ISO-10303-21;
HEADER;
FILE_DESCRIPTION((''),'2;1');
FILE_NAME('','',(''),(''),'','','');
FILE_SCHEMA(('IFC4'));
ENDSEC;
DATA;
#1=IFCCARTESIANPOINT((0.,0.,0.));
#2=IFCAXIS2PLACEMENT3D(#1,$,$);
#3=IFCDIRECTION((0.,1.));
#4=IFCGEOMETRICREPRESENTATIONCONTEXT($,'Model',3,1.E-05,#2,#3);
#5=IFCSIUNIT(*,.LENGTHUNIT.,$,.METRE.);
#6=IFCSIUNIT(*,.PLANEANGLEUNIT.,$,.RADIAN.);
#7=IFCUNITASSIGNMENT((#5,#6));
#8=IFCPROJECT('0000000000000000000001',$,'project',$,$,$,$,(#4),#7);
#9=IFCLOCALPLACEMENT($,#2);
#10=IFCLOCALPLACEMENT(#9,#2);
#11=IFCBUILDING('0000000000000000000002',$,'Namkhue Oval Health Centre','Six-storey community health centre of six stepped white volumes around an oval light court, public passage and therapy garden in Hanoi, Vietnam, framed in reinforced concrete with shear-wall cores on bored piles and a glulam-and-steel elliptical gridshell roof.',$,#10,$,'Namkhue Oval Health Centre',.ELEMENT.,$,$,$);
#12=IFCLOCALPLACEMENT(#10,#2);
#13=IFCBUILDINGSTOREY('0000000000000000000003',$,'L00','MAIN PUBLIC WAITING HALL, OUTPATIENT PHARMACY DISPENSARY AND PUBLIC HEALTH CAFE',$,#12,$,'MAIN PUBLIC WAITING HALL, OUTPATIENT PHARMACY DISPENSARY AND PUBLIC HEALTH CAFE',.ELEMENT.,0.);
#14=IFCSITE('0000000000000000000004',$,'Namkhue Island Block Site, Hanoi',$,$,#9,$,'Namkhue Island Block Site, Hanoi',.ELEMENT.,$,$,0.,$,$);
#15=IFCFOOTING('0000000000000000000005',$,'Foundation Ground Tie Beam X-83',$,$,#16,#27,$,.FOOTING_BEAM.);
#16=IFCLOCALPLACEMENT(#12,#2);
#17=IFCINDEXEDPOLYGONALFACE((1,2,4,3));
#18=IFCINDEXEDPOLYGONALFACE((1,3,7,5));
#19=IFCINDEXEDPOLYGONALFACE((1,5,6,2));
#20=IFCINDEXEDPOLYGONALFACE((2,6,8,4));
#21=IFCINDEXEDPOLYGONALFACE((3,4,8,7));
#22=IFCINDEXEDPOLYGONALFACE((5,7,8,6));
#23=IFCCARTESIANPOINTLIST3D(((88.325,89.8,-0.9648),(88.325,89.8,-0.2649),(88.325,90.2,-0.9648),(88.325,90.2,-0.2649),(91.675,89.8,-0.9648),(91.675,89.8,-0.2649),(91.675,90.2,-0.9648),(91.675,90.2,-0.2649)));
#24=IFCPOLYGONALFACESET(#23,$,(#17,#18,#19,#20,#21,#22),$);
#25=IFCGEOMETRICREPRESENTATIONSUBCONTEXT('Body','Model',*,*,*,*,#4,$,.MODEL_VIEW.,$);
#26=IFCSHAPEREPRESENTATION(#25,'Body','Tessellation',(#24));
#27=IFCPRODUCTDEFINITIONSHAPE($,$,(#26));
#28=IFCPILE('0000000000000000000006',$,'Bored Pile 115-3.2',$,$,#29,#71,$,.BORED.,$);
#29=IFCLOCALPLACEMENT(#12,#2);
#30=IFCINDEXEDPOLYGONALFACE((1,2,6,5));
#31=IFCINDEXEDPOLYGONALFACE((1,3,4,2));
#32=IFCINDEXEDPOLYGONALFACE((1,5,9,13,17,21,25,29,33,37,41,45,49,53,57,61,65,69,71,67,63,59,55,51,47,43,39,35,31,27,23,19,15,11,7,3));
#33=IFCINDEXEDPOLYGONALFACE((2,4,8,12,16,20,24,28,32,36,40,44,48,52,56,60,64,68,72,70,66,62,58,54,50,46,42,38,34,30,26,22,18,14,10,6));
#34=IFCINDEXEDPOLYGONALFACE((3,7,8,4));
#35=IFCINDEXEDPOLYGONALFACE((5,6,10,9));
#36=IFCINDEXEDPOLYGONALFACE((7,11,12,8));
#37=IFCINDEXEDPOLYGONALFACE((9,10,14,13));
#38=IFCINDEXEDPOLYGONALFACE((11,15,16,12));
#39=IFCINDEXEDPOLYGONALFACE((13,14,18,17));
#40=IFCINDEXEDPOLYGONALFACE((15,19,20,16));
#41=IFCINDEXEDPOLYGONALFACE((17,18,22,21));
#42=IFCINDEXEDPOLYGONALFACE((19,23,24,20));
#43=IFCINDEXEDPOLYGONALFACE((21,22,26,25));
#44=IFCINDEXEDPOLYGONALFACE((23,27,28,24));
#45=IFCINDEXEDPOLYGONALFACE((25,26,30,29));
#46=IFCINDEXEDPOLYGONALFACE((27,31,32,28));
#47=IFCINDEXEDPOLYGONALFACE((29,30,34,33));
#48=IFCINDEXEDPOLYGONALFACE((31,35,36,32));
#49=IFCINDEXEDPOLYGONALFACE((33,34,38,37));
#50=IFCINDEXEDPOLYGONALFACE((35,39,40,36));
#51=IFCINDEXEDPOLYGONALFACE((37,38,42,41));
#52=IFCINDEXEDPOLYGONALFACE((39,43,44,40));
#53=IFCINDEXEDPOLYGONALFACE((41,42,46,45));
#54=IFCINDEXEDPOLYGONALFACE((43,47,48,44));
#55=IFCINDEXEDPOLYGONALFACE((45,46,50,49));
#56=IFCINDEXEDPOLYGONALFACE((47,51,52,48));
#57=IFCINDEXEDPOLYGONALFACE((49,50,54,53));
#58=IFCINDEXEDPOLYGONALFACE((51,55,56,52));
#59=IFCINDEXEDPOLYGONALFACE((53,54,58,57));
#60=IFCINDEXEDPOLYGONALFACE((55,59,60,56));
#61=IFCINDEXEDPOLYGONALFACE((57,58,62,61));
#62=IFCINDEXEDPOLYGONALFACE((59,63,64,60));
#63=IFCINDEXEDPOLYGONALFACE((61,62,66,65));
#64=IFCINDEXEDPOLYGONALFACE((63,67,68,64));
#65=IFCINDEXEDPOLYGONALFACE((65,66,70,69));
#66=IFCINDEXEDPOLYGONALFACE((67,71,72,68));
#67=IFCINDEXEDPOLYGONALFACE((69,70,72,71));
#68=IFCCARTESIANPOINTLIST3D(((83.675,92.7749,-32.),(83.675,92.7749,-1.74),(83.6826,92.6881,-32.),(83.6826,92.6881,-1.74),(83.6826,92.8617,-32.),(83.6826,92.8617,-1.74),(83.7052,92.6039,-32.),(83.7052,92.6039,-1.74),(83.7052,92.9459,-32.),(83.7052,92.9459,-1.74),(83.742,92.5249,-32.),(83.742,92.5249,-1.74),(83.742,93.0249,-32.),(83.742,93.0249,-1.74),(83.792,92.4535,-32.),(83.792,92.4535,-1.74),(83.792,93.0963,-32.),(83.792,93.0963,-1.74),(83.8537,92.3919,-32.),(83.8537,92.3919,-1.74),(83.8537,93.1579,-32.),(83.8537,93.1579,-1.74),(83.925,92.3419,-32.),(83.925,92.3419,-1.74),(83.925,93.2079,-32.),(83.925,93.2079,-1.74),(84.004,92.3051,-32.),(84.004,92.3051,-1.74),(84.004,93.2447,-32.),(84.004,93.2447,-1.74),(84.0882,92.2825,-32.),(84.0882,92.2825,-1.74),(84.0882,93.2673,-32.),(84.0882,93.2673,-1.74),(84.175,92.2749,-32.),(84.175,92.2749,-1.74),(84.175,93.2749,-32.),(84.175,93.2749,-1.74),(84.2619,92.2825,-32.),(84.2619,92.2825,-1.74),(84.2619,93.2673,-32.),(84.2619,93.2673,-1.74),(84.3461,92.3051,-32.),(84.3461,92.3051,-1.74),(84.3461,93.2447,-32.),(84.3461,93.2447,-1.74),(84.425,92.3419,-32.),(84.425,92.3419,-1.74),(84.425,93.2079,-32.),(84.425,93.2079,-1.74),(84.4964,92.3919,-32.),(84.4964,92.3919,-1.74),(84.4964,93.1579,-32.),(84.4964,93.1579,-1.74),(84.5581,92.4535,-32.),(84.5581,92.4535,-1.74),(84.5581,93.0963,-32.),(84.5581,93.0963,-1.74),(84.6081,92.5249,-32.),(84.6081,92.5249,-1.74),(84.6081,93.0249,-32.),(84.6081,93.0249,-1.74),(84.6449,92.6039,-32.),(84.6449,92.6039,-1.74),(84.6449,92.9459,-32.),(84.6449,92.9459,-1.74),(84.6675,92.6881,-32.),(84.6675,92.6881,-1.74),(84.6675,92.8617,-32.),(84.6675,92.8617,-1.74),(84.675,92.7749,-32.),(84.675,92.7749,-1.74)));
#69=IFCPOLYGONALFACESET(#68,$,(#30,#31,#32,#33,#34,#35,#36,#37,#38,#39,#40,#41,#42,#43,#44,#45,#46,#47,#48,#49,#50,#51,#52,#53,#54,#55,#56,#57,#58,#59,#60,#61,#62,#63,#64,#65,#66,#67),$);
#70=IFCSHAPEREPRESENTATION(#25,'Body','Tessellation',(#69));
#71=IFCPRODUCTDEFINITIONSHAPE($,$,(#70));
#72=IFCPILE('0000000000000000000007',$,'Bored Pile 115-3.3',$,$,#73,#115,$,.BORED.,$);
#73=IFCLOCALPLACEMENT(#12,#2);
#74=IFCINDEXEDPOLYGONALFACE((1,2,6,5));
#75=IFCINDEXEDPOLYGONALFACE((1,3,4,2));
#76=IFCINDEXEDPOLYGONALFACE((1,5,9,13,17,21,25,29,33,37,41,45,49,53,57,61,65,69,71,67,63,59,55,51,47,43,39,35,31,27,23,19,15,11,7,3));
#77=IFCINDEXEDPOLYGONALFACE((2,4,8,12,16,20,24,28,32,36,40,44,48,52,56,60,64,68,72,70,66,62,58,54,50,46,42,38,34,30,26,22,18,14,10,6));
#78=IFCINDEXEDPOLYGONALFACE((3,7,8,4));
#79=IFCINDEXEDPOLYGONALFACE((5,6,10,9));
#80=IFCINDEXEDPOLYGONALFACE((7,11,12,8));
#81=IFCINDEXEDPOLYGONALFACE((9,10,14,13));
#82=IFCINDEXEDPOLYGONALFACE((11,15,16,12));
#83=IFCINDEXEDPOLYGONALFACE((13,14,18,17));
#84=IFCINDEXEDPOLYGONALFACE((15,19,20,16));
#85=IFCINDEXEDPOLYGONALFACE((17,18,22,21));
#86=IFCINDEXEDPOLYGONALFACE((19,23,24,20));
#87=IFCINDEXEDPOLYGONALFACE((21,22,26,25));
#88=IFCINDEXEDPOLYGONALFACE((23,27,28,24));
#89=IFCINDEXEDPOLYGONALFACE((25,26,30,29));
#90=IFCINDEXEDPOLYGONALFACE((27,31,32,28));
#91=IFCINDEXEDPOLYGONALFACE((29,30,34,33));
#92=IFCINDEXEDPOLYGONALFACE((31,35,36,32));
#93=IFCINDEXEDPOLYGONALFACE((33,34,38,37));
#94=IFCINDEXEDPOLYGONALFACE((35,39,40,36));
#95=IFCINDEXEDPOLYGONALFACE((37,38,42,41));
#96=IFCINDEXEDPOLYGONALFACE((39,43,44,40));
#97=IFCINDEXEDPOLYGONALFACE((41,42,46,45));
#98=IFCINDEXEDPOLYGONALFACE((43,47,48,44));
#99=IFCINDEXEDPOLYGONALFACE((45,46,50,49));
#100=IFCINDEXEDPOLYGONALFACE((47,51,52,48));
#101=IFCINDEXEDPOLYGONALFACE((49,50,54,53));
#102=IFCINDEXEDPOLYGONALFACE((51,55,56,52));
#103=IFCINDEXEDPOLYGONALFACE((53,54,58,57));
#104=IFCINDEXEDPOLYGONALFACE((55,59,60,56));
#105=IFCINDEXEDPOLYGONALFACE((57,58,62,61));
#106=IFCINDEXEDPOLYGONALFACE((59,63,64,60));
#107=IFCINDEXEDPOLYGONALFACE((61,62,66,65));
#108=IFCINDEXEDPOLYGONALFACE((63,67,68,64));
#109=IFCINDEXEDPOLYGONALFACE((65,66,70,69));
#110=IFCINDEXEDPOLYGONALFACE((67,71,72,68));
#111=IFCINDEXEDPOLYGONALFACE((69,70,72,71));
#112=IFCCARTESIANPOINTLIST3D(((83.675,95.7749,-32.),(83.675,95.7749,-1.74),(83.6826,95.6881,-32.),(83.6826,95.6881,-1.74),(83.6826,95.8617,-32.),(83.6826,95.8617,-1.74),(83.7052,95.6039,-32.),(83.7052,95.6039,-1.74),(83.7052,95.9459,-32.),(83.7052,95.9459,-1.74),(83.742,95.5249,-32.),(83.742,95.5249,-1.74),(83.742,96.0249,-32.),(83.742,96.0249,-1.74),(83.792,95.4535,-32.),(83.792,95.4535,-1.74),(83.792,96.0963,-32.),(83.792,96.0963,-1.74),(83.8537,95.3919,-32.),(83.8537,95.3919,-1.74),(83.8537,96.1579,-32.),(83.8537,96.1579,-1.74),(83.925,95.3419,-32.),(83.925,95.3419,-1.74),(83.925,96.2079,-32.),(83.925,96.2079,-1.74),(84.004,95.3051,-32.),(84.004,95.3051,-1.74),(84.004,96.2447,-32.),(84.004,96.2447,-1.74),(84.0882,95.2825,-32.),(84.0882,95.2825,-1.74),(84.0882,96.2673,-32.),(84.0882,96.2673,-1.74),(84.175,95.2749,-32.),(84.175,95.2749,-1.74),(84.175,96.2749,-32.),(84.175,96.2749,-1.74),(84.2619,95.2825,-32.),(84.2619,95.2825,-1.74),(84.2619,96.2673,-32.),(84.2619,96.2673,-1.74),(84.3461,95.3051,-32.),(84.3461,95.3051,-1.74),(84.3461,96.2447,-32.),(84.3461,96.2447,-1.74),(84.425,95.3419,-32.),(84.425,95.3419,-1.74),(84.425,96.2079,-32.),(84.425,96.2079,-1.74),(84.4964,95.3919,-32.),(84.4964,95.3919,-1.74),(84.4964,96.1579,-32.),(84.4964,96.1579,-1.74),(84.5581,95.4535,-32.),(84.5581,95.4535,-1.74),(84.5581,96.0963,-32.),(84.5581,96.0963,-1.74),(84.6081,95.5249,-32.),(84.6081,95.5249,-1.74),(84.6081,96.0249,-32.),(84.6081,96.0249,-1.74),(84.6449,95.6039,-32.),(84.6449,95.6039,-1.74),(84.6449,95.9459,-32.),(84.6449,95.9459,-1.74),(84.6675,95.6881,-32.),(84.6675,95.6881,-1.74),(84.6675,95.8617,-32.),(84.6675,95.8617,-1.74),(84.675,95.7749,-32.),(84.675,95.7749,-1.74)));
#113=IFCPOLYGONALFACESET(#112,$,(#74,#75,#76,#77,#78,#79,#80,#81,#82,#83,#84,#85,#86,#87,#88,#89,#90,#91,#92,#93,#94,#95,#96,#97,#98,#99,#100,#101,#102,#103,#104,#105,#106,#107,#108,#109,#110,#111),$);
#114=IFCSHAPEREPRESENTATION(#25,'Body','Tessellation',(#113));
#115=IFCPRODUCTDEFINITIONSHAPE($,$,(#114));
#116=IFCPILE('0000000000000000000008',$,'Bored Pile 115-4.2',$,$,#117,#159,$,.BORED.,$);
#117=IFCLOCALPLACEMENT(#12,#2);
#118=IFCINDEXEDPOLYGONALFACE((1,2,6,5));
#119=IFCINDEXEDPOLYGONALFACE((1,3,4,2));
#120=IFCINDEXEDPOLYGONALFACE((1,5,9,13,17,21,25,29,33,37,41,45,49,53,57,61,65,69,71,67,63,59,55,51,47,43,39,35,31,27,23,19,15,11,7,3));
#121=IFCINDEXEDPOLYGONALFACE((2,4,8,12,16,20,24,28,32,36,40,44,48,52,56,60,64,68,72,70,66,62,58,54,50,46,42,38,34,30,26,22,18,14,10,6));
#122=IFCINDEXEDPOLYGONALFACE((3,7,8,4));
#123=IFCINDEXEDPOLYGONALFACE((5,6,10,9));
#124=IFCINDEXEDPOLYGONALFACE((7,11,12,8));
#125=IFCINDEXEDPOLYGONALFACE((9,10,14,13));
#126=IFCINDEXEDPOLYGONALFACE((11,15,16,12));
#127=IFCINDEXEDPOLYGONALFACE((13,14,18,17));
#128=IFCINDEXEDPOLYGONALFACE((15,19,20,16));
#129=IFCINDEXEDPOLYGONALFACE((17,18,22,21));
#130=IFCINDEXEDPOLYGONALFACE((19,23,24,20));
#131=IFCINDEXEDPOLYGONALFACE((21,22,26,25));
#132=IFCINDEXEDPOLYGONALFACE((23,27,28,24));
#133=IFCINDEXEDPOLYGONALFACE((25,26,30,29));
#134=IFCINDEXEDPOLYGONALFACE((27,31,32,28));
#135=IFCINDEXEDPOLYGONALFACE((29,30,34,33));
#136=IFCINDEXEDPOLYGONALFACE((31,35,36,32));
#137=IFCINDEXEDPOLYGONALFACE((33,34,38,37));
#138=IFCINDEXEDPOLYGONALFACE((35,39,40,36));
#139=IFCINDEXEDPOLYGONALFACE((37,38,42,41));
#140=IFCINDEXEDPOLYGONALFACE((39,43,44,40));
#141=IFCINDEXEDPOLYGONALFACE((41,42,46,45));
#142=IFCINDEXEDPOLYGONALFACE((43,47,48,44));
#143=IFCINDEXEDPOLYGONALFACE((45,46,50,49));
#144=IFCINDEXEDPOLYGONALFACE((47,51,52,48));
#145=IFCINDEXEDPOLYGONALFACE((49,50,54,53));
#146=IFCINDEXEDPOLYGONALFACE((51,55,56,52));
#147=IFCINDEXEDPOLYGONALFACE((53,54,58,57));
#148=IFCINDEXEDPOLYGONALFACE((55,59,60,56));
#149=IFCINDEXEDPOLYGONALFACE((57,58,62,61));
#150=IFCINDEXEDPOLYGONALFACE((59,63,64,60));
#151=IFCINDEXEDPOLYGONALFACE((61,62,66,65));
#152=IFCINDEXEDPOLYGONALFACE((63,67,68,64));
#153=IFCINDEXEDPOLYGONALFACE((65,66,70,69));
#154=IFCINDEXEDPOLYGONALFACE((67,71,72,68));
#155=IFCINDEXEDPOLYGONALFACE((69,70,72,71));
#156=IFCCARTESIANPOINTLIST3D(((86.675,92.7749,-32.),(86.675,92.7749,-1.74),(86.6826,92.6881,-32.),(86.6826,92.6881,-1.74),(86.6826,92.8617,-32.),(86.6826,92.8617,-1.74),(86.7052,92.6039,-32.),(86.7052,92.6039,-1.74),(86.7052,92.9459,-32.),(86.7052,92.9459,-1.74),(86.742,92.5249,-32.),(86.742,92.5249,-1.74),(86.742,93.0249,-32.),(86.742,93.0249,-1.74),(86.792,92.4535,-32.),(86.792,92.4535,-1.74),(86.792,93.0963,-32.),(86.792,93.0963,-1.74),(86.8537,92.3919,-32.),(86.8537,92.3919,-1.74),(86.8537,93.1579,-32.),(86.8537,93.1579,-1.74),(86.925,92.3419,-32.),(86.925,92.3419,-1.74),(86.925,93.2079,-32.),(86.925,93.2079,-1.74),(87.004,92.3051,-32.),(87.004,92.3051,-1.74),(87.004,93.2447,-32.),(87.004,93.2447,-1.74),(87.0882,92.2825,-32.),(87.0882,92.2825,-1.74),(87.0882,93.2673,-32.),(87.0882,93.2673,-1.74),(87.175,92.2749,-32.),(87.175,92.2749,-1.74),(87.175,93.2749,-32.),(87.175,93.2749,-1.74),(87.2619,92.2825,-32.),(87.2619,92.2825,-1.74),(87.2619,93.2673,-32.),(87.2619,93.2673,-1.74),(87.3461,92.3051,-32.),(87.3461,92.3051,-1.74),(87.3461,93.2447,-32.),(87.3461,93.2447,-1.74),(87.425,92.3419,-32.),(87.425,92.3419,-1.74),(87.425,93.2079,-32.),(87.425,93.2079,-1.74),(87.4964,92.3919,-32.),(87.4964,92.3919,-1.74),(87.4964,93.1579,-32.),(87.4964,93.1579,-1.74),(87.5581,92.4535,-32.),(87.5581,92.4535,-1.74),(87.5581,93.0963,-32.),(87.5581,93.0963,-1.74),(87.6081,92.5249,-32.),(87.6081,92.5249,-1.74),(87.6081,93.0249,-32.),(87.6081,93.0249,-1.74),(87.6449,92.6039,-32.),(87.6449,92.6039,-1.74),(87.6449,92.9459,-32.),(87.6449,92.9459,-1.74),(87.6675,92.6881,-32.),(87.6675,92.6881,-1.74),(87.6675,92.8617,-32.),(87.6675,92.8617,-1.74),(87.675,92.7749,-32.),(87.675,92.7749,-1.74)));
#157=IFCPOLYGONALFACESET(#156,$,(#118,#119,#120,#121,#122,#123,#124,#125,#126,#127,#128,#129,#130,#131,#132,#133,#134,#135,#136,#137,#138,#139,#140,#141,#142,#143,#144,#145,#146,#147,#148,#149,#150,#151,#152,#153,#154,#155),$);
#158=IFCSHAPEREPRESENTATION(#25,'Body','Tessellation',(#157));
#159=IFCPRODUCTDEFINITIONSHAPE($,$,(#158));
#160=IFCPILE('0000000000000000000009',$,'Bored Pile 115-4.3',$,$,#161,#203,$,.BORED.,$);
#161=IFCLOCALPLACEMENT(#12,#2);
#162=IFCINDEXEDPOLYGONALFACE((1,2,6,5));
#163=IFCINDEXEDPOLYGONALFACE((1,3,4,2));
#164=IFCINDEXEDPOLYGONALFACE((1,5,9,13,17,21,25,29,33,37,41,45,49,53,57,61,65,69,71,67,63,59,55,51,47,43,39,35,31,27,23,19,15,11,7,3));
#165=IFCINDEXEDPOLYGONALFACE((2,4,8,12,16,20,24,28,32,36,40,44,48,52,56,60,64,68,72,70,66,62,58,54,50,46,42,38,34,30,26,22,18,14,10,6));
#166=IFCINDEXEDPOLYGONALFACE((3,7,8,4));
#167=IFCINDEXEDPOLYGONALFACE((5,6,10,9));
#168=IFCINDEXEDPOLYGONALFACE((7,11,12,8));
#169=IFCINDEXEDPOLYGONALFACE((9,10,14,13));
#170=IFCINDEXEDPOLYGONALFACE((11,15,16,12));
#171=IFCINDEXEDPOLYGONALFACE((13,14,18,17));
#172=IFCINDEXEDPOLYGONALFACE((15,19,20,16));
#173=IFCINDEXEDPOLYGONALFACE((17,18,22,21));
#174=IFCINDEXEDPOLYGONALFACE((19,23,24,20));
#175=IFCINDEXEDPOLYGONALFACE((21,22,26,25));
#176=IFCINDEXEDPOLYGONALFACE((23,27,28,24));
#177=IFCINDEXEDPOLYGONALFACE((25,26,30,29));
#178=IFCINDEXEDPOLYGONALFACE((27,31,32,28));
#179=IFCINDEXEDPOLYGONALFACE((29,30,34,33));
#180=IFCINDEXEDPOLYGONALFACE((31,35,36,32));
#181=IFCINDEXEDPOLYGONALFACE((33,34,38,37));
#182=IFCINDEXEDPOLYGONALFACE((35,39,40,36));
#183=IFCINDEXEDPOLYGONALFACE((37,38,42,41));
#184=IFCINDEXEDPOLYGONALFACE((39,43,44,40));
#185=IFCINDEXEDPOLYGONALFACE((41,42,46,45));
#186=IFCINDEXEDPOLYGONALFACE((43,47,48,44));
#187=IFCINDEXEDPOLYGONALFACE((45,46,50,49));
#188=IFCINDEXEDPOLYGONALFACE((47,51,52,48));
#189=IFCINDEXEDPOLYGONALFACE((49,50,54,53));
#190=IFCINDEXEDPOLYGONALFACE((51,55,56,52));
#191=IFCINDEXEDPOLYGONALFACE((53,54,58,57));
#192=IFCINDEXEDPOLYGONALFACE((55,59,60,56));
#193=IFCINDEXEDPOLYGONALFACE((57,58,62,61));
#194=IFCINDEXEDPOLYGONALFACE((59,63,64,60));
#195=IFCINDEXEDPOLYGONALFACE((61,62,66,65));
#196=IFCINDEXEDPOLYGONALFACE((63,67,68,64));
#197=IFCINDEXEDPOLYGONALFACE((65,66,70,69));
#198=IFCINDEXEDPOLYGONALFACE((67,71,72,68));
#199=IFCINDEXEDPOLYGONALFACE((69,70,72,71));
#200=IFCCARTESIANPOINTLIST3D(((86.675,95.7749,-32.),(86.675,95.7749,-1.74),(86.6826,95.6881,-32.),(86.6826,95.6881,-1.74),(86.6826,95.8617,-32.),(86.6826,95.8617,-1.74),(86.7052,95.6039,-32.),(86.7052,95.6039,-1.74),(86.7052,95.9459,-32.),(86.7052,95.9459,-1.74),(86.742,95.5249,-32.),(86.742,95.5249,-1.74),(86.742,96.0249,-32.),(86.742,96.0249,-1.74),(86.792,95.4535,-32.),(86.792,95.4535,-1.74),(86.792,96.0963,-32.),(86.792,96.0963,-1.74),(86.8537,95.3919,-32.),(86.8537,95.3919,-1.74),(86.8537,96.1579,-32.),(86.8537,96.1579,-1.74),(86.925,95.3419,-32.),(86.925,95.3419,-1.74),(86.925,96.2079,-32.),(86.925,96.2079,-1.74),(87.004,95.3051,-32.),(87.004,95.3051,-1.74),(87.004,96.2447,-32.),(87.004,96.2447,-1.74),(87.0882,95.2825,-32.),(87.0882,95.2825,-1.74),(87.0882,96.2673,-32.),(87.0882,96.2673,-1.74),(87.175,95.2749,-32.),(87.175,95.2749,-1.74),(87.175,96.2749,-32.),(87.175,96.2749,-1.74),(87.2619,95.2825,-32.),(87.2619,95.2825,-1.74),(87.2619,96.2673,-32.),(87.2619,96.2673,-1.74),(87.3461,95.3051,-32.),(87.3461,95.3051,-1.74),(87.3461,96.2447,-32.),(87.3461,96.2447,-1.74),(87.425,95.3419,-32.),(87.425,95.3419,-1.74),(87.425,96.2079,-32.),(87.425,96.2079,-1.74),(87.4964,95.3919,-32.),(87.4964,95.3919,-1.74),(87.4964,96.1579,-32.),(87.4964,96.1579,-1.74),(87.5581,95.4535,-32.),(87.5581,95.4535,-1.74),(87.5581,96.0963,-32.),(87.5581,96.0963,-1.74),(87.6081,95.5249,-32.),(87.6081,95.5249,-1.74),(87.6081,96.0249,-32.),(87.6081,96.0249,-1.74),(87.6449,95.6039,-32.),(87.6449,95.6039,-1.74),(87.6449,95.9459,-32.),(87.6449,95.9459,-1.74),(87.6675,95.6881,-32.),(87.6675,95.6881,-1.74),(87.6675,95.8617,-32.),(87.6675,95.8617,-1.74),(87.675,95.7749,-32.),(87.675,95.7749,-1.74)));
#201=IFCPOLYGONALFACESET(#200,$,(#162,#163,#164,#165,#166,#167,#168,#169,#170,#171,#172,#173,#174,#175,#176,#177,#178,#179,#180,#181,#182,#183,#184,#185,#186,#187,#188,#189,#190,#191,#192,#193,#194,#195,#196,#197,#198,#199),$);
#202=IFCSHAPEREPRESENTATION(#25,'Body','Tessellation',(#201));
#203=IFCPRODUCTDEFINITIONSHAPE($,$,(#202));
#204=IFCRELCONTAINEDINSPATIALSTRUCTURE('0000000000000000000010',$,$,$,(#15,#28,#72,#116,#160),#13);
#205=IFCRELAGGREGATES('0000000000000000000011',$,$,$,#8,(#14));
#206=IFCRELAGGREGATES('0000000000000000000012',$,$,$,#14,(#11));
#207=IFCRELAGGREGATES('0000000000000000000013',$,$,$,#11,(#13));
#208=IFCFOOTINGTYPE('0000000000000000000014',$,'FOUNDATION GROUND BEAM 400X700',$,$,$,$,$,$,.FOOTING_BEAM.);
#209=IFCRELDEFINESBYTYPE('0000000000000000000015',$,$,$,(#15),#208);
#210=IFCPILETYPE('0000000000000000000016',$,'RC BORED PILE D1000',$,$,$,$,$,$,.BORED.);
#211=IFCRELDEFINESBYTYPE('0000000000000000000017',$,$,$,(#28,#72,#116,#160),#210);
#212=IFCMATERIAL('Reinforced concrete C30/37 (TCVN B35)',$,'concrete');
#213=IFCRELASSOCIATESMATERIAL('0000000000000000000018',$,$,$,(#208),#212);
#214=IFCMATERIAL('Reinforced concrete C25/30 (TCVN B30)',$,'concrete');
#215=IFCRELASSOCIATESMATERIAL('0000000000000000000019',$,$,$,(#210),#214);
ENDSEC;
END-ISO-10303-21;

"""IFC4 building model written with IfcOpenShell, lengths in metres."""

from ifc_helpers import new_model, si_unit, direction, frame, origin, origin_2d, place, context, subcontext, project, spatial, rectangle, circle, extrude, material, material_profile, profile_set, type_object, element, save


model = new_model("IFC4")

# Units and contexts
model_context = context("Model", 3, precision=1e-05, world=origin(), true_north=direction((0.0, 1.0)))
body_context = subcontext(model_context, "Body", "Model", "MODEL_VIEW")
ifc_project = project(units=[si_unit("LENGTHUNIT", "METRE"), si_unit("PLANEANGLEUNIT", "RADIAN")], contexts=[model_context])

# Site, building, storey
site_placement = place(None, origin())
site = spatial("IfcSite", under=ifc_project, at=site_placement, Name="Namkhue Island Block Site, Hanoi", LongName="Namkhue Island Block Site, Hanoi", CompositionType="ELEMENT", RefElevation=0.0)
building_placement = place(site_placement, origin())
building = spatial("IfcBuilding", under=site, at=building_placement, Name="Namkhue Oval Health Centre", Description="Six-storey community health centre of six stepped white volumes around an oval light court, public passage and therapy garden in Hanoi, Vietnam, framed in reinforced concrete with shear-wall cores on bored piles and a glulam-and-steel elliptical gridshell roof.", LongName="Namkhue Oval Health Centre", CompositionType="ELEMENT")
storey_placement = place(building_placement, origin())
storey = spatial("IfcBuildingStorey", under=building, at=storey_placement, Name="L00", Description="MAIN PUBLIC WAITING HALL, OUTPATIENT PHARMACY DISPENSARY AND PUBLIC HEALTH CAFE", LongName="MAIN PUBLIC WAITING HALL, OUTPATIENT PHARMACY DISPENSARY AND PUBLIC HEALTH CAFE", CompositionType="ELEMENT", Elevation=0.0)

# Footing
ifc_material_1 = material(Name="Reinforced concrete C30/37 (TCVN B35)", Category="concrete")
footing_type = type_object("IfcFootingType", Name="FOUNDATION GROUND BEAM 400X700", PredefinedType="FOOTING_BEAM", material=ifc_material_1)
footing_placement = place(storey_placement, frame((90.0, 90.0, -0.9648), z_axis=(0.0, 0.0, 1.0), x_axis=(1.0, 0.0, 0.0)))
element("IfcFooting", 1, at=footing_placement, inside=storey, type_object=footing_type, Name="Foundation Ground Tie Beam X-83", PredefinedType="FOOTING_BEAM", context=body_context, shape_type="SweptSolid", body=[
    extrude(rectangle(XDim=3.3501, YDim=0.3999, at=origin_2d()), origin(), (0.0, 0.0, 1.0), 0.7),
])

# Piles
ifc_material_2 = material(Name="Reinforced concrete C25/30 (TCVN B30)", Category="concrete")
ifc_material_profile_1 = material_profile(ifc_material_2, circle(Radius=0.5, at=origin_2d()), Name="BORED PILE D1000")
ifc_profile_set_1 = profile_set([ifc_material_profile_1], Name="Reinforced concrete C25/30 (TCVN B30)")
pile_type = type_object("IfcPileType", Name="RC BORED PILE D1000", PredefinedType="BORED", material=ifc_profile_set_1)
for number, where, z_axis, x_axis, name in (
    (2, (84.175, 92.7749, -1.74), (0.0, 0.0, -1.0), (1.0, 0.0, 0.0), "Bored Pile 115-3.2"),
    (3, (84.175, 95.7749, -1.74), (0.0, 0.0, -1.0), (1.0, 0.0, 0.0), "Bored Pile 115-3.3"),
    (4, (87.175, 92.7749, -1.74), (0.0, 0.0, -1.0), (1.0, 0.0, 0.0), "Bored Pile 115-4.2"),
    (5, (87.175, 95.7749, -1.74), (0.0, 0.0, -1.0), (1.0, 0.0, 0.0), "Bored Pile 115-4.3"),
):
    element("IfcPile", number, at=place(storey_placement, frame(where, z_axis=z_axis, x_axis=x_axis)), inside=storey, type_object=pile_type, Name=name, PredefinedType="BORED", context=body_context, shape_type="SweptSolid", body=[
        extrude(circle(Radius=0.5, at=origin_2d()), origin(), (0.0, 0.0, 1.0), 30.26),
    ])

save(model, "model.ifc")
